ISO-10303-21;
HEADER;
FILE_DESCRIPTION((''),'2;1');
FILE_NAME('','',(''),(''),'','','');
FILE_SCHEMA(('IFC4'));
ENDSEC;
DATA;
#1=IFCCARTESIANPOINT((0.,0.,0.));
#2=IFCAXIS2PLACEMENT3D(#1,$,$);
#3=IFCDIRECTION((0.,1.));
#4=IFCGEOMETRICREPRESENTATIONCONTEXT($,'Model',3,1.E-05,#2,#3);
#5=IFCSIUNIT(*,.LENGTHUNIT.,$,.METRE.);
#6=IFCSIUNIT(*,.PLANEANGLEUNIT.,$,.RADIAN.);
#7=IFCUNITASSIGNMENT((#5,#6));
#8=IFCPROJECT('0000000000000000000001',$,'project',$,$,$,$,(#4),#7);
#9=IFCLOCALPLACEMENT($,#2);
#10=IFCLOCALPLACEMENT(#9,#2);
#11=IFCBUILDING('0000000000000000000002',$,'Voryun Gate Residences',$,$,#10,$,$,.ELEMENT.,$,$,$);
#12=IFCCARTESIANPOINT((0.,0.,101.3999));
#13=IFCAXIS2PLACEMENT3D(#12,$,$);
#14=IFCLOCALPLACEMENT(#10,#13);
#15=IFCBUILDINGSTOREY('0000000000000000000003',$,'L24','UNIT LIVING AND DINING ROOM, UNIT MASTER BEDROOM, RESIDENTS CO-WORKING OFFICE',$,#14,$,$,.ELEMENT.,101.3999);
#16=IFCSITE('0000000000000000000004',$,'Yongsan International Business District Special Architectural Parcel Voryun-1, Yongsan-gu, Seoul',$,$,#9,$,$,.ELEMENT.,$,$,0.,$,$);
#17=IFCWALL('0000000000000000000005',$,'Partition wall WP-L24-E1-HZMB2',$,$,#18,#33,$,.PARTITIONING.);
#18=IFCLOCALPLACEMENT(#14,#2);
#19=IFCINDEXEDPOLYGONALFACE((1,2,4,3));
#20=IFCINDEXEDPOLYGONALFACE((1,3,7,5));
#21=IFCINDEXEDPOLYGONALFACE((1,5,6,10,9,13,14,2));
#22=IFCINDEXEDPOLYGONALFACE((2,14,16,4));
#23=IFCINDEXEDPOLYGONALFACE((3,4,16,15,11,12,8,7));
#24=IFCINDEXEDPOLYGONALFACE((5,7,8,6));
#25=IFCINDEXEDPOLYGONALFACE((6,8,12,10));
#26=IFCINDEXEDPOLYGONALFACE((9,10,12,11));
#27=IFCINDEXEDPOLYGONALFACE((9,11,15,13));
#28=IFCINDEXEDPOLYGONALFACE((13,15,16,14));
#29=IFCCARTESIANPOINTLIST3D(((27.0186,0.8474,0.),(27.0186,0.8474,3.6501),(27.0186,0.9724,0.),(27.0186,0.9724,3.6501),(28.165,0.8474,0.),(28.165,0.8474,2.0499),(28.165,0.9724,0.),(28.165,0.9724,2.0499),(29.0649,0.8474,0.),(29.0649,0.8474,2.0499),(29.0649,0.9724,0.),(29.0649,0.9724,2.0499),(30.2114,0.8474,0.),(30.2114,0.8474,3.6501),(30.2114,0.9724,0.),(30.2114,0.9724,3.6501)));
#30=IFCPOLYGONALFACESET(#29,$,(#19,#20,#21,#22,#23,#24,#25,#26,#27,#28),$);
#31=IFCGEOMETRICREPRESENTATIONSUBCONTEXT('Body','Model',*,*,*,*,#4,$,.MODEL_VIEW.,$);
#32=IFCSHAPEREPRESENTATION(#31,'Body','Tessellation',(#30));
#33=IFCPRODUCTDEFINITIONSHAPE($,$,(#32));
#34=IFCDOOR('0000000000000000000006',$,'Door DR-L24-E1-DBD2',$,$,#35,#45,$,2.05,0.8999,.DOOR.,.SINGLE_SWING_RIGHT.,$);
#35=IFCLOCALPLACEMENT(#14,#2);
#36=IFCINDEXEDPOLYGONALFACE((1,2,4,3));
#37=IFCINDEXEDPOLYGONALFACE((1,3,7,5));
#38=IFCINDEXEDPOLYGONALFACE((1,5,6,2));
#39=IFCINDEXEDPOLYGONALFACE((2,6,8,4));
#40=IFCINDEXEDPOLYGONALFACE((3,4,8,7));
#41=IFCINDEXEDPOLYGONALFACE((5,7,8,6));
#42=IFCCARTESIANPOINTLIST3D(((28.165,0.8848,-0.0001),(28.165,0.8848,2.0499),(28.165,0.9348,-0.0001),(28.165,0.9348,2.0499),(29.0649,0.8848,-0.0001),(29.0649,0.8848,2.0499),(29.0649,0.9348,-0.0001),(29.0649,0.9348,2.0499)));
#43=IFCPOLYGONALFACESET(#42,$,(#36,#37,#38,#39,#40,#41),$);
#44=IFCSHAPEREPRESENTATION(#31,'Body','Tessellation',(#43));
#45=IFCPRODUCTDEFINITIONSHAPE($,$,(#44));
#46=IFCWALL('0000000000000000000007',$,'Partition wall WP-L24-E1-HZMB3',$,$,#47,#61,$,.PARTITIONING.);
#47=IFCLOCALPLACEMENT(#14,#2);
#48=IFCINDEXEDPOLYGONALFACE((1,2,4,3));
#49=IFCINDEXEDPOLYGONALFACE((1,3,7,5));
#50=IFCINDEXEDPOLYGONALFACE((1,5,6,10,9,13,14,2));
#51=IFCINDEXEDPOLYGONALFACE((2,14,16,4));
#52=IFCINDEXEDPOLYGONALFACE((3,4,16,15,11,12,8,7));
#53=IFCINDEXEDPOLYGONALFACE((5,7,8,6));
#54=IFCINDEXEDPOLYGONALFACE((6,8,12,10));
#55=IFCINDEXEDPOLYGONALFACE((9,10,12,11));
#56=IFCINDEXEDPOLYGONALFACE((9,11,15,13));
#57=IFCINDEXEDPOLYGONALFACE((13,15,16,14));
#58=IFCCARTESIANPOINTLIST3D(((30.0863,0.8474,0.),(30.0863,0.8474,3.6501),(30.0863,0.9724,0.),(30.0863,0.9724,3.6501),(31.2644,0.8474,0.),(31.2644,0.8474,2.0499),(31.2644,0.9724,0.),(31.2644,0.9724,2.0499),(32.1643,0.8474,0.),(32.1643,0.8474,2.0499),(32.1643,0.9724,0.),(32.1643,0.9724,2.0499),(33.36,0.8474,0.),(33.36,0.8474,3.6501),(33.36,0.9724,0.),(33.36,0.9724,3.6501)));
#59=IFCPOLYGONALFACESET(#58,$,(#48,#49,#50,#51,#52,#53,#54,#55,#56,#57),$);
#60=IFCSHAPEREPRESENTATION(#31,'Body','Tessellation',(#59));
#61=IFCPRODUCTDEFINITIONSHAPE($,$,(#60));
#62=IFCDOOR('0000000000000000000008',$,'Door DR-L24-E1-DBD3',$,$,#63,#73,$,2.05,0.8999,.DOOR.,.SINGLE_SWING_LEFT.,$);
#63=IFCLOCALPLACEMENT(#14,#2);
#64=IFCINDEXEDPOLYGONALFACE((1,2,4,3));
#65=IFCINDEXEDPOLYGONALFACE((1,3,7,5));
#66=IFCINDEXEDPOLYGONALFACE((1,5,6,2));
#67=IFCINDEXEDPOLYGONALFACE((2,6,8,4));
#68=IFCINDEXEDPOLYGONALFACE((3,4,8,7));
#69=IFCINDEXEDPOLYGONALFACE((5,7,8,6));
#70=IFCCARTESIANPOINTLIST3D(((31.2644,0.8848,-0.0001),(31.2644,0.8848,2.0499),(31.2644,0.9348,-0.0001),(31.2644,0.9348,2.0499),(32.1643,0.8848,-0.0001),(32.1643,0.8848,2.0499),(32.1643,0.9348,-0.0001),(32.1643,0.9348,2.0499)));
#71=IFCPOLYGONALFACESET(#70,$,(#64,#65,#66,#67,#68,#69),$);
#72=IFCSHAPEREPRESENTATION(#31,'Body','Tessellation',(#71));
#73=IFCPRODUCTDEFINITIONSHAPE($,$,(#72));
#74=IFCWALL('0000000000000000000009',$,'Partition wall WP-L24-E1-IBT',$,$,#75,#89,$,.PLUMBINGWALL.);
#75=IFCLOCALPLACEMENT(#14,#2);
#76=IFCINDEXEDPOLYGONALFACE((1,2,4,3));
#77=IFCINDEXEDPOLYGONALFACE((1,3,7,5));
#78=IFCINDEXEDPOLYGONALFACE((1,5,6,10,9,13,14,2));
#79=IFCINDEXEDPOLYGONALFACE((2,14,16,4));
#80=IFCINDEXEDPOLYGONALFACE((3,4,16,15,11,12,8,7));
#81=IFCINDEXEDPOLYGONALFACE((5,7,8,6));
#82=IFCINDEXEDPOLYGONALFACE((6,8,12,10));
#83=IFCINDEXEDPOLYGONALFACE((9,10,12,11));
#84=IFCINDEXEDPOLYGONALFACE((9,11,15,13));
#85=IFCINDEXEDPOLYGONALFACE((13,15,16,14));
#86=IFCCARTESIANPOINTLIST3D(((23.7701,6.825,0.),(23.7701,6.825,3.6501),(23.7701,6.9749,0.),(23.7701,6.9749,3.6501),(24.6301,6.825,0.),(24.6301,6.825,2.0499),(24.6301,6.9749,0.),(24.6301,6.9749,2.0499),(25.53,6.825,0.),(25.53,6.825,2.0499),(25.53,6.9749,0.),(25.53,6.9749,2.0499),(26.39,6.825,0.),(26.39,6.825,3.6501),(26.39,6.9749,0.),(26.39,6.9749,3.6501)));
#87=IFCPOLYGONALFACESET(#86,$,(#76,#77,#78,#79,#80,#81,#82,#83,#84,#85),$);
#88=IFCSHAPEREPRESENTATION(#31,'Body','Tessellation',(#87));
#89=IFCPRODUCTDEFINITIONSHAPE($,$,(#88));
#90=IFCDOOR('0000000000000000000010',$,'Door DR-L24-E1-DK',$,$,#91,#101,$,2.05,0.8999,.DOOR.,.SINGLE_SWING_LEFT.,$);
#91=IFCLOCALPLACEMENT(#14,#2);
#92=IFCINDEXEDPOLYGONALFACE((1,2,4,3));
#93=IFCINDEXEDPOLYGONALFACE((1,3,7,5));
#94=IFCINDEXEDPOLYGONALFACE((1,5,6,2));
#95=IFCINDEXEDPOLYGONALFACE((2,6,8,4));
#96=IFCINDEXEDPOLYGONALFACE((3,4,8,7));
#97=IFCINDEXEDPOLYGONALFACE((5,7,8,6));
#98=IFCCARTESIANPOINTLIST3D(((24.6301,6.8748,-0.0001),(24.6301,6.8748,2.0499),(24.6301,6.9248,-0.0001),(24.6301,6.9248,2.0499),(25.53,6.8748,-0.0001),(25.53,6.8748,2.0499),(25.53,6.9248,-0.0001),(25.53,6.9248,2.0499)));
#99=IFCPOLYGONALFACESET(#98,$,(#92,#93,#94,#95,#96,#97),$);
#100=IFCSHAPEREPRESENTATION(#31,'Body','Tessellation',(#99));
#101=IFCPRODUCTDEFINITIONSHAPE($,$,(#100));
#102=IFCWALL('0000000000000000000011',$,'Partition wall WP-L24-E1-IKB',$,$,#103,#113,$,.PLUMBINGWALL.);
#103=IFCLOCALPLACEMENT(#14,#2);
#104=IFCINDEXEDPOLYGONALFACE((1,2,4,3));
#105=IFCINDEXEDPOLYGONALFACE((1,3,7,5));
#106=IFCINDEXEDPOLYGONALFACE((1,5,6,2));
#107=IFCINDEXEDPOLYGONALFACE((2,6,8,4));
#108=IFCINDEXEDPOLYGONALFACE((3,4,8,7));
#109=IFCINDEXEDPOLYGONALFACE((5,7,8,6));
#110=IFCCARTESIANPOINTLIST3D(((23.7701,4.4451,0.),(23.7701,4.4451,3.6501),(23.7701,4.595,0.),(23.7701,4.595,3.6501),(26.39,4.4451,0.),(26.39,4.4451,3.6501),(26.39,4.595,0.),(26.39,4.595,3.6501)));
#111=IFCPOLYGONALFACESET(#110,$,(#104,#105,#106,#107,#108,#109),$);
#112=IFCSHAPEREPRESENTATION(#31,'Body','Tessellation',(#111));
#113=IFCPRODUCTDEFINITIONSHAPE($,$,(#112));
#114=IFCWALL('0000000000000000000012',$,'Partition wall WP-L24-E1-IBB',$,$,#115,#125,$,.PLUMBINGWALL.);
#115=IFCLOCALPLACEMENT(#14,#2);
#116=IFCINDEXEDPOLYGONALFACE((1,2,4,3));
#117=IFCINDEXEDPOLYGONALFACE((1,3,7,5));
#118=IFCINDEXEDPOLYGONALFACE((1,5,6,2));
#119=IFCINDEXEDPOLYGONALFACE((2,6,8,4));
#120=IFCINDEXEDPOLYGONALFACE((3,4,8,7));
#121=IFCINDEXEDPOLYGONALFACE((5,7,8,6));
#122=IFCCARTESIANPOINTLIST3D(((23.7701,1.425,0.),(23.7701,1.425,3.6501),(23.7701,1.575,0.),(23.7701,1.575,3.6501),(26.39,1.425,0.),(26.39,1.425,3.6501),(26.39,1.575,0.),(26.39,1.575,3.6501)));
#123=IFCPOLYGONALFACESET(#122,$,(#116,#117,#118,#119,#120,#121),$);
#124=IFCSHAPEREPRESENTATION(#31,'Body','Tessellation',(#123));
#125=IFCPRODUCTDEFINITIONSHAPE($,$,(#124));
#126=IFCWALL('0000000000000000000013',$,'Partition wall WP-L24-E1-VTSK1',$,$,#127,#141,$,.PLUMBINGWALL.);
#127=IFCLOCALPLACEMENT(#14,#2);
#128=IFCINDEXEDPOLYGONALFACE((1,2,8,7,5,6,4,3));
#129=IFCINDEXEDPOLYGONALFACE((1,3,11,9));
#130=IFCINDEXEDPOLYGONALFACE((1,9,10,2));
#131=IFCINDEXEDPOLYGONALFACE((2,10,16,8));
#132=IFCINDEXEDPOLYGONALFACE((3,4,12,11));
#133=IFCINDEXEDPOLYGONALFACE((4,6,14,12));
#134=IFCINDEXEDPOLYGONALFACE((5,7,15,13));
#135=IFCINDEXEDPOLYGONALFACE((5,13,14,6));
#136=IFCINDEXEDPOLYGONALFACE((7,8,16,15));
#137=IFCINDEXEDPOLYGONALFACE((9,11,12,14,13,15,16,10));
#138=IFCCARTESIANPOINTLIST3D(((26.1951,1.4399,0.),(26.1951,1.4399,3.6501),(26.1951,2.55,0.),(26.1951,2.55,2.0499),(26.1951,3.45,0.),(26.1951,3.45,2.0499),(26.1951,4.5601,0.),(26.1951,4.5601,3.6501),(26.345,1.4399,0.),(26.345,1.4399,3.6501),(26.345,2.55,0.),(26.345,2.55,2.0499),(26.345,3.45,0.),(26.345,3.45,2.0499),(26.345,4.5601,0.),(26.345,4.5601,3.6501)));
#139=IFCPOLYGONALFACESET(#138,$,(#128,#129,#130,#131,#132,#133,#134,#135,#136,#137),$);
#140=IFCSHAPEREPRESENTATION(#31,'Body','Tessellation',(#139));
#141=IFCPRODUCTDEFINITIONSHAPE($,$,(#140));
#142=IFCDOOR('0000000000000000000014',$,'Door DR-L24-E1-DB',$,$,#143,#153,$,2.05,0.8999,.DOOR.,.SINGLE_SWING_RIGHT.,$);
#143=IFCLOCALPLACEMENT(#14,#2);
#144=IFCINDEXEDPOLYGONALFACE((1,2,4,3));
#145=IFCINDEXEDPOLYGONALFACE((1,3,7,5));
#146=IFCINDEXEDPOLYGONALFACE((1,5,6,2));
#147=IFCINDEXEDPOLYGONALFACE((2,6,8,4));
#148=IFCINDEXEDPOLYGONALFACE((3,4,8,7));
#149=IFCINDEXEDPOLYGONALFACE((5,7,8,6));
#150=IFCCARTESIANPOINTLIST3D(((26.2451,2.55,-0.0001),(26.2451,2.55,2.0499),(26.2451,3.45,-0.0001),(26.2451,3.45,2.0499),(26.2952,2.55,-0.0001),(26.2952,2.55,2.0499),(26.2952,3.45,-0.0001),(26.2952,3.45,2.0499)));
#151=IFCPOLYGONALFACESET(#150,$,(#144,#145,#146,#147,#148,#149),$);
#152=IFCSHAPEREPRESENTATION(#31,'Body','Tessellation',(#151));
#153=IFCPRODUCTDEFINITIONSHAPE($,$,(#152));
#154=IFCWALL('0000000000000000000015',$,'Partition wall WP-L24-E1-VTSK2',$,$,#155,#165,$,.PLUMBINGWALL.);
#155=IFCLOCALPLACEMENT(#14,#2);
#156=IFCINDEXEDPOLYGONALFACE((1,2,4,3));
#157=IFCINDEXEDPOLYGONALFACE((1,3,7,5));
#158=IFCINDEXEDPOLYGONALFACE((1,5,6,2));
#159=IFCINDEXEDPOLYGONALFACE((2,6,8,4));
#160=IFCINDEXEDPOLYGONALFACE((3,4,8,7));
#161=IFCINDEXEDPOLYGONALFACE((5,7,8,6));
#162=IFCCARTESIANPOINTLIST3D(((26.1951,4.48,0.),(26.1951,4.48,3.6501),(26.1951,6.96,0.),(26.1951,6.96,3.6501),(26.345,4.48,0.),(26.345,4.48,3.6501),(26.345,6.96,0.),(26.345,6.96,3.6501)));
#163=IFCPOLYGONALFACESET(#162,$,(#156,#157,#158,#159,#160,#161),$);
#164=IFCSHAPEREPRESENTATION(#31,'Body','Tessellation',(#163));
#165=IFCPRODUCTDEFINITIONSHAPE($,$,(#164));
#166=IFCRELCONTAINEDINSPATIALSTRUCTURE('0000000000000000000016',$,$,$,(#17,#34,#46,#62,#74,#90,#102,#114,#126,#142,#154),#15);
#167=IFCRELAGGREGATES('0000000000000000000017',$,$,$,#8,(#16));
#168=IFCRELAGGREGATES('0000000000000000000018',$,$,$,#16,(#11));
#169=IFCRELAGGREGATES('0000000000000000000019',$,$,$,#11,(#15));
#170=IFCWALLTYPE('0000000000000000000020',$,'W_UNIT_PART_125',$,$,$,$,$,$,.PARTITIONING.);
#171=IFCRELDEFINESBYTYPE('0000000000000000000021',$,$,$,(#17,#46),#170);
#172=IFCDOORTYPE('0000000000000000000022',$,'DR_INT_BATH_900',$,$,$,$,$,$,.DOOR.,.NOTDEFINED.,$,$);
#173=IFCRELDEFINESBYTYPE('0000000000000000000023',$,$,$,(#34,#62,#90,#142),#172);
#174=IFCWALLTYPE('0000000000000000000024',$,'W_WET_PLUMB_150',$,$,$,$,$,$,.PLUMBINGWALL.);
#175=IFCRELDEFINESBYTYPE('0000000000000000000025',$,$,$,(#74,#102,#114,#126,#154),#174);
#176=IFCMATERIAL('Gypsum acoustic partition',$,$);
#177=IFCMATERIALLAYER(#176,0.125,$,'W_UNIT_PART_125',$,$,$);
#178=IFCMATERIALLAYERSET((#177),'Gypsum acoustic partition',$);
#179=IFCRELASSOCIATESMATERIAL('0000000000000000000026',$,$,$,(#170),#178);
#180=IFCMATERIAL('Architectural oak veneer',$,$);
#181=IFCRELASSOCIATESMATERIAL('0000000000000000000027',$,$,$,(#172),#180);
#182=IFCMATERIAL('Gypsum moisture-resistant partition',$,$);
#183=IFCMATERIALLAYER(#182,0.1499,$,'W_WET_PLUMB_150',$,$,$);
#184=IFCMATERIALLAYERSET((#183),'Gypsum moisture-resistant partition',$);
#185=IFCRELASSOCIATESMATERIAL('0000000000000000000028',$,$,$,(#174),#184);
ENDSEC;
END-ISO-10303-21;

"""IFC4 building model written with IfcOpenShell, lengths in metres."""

from ifc_helpers import new_model, si_unit, direction, frame, frame_2d, origin, place, context, subcontext, project, spatial, rectangle, extrude, material, layer, layer_set, type_object, element, fill, save


model = new_model("IFC4")

# Units and contexts
model_context = context("Model", 3, precision=1e-05, world=origin(), true_north=direction((0.0, 1.0)))
body_context = subcontext(model_context, "Body", "Model", "MODEL_VIEW")
ifc_project = project(units=[si_unit("LENGTHUNIT", "METRE"), si_unit("PLANEANGLEUNIT", "RADIAN")], contexts=[model_context])

# Site, building, storey
site_placement = place(None, origin())
site = spatial("IfcSite", under=ifc_project, at=site_placement, Name="Yongsan International Business District Special Architectural Parcel Voryun-1, Yongsan-gu, Seoul", CompositionType="ELEMENT", RefElevation=0.0)
building_placement = place(site_placement, origin())
building = spatial("IfcBuilding", under=site, at=building_placement, Name="Voryun Gate Residences", CompositionType="ELEMENT")
storey_placement = place(building_placement, frame((0.0, 0.0, 101.3999)))
storey = spatial("IfcBuildingStorey", under=building, at=storey_placement, Name="L24", Description="UNIT LIVING AND DINING ROOM, UNIT MASTER BEDROOM, RESIDENTS CO-WORKING OFFICE", CompositionType="ELEMENT", Elevation=101.3999)

# Walls, openings, doors
ifc_material_1 = material(Name="Gypsum acoustic partition")
ifc_layer_1 = layer(ifc_material_1, 0.125, Name="W_UNIT_PART_125")
ifc_layer_set_1 = layer_set([ifc_layer_1], Name="Gypsum acoustic partition")
wall_type_1 = type_object("IfcWallType", Name="W_UNIT_PART_125", PredefinedType="PARTITIONING", material=ifc_layer_set_1)
ifc_material_2 = material(Name="Architectural oak veneer")
door_type_1 = type_object("IfcDoorType", Name="DR_INT_BATH_900", OperationType="NOTDEFINED", PredefinedType="DOOR", material=ifc_material_2)
wall_1_placement = place(storey_placement, frame((27.0186, 0.9099, 0.0), z_axis=(0.0, 0.0, 1.0), x_axis=(1.0, 0.0, 0.0)))
wall_1 = element("IfcWall", 1, at=wall_1_placement, inside=storey, type_object=wall_type_1, Name="Partition wall WP-L24-E1-HZMB2", PredefinedType="PARTITIONING", context=body_context, shape_type="SweptSolid", body=[
    extrude(rectangle(XDim=3.1929, YDim=0.125, at=frame_2d((1.5964, 0.0))), origin(), (0.0, 0.0, 1.0), 3.6501),
])
opening_1_placement = place(wall_1_placement, frame((1.1465, 0.0, 0.0)))
opening_1 = element("IfcOpeningElement", 2, at=opening_1_placement, cuts=wall_1, PredefinedType="OPENING", context=body_context, shape_type="SweptSolid", body=[
    extrude(rectangle(XDim=0.8999, YDim=2.05, at=frame_2d((0.45, 1.0249))), frame((0.0, 0.0725, 0.0), z_axis=(0.0, -1.0, 0.0), x_axis=(1.0, 0.0, 0.0)), (0.0, 0.0, 1.0), 0.145),
])
door_1_placement = place(opening_1_placement, origin())
door_1 = element("IfcDoor", 3, at=door_1_placement, inside=storey, type_object=door_type_1, Name="Door DR-L24-E1-DBD2", OperationType="SINGLE_SWING_RIGHT", OverallHeight=2.05, OverallWidth=0.8999, PredefinedType="DOOR", context=body_context, shape_type="SweptSolid", body=[
    extrude(rectangle(XDim=0.8999, YDim=2.05, at=frame_2d((0.45, 1.0249))), frame((0.0, 0.0249, 0.0), z_axis=(0.0, -1.0, 0.0), x_axis=(1.0, 0.0, 0.0)), (0.0, 0.0, 1.0), 0.05),
])
fill(opening_1, door_1)
wall_2_placement = place(storey_placement, frame((30.0864, 0.9099, 0.0), z_axis=(0.0, 0.0, 1.0), x_axis=(1.0, 0.0, 0.0)))
wall_2 = element("IfcWall", 4, at=wall_2_placement, inside=storey, type_object=wall_type_1, Name="Partition wall WP-L24-E1-HZMB3", PredefinedType="PARTITIONING", context=body_context, shape_type="SweptSolid", body=[
    extrude(rectangle(XDim=3.2737, YDim=0.125, at=frame_2d((1.6367, 0.0))), origin(), (0.0, 0.0, 1.0), 3.6501),
])
opening_2_placement = place(wall_2_placement, frame((1.178, 0.0, 0.0)))
opening_2 = element("IfcOpeningElement", 5, at=opening_2_placement, cuts=wall_2, PredefinedType="OPENING", context=body_context, shape_type="SweptSolid", body=[
    extrude(rectangle(XDim=0.8999, YDim=2.05, at=frame_2d((0.45, 1.0249))), frame((0.0, 0.0725, 0.0), z_axis=(0.0, -1.0, 0.0), x_axis=(1.0, 0.0, 0.0)), (0.0, 0.0, 1.0), 0.145),
])
door_2_placement = place(opening_2_placement, origin())
door_2 = element("IfcDoor", 6, at=door_2_placement, inside=storey, type_object=door_type_1, Name="Door DR-L24-E1-DBD3", OperationType="SINGLE_SWING_LEFT", OverallHeight=2.05, OverallWidth=0.8999, PredefinedType="DOOR", context=body_context, shape_type="SweptSolid", body=[
    extrude(rectangle(XDim=0.8999, YDim=2.05, at=frame_2d((0.45, 1.0249))), frame((0.0, 0.0249, 0.0), z_axis=(0.0, -1.0, 0.0), x_axis=(1.0, 0.0, 0.0)), (0.0, 0.0, 1.0), 0.05),
])
fill(opening_2, door_2)
ifc_material_3 = material(Name="Gypsum moisture-resistant partition")
ifc_layer_2 = layer(ifc_material_3, 0.1499, Name="W_WET_PLUMB_150")
ifc_layer_set_2 = layer_set([ifc_layer_2], Name="Gypsum moisture-resistant partition")
wall_type_2 = type_object("IfcWallType", Name="W_WET_PLUMB_150", PredefinedType="PLUMBINGWALL", material=ifc_layer_set_2)
wall_3_placement = place(storey_placement, frame((23.77, 6.8999, 0.0), z_axis=(0.0, 0.0, 1.0), x_axis=(1.0, 0.0, 0.0)))
wall_3 = element("IfcWall", 7, at=wall_3_placement, inside=storey, type_object=wall_type_2, Name="Partition wall WP-L24-E1-IBT", PredefinedType="PLUMBINGWALL", context=body_context, shape_type="SweptSolid", body=[
    extrude(rectangle(XDim=2.6199, YDim=0.1499, at=frame_2d((1.3101, 0.0))), origin(), (0.0, 0.0, 1.0), 3.6501),
])
opening_3_placement = place(wall_3_placement, frame((0.8601, 0.0, 0.0)))
opening_3 = element("IfcOpeningElement", 8, at=opening_3_placement, cuts=wall_3, PredefinedType="OPENING", context=body_context, shape_type="SweptSolid", body=[
    extrude(rectangle(XDim=0.8999, YDim=2.05, at=frame_2d((0.45, 1.0249))), frame((0.0, 0.085, 0.0), z_axis=(0.0, -1.0, 0.0), x_axis=(1.0, 0.0, 0.0)), (0.0, 0.0, 1.0), 0.1699),
])
door_3_placement = place(opening_3_placement, origin())
door_3 = element("IfcDoor", 9, at=door_3_placement, inside=storey, type_object=door_type_1, Name="Door DR-L24-E1-DK", OperationType="SINGLE_SWING_LEFT", OverallHeight=2.05, OverallWidth=0.8999, PredefinedType="DOOR", context=body_context, shape_type="SweptSolid", body=[
    extrude(rectangle(XDim=0.8999, YDim=2.05, at=frame_2d((0.45, 1.0249))), frame((0.0, 0.0249, 0.0), z_axis=(0.0, -1.0, 0.0), x_axis=(1.0, 0.0, 0.0)), (0.0, 0.0, 1.0), 0.05),
])
fill(opening_3, door_3)

# Walls
for number, where, z_axis, x_axis, name in (
    (10, (23.77, 4.52, 0.0), (0.0, 0.0, 1.0), (1.0, 0.0, 0.0), "Partition wall WP-L24-E1-IKB"),
    (11, (23.77, 1.5, 0.0), (0.0, 0.0, 1.0), (1.0, 0.0, 0.0), "Partition wall WP-L24-E1-IBB"),
):
    element("IfcWall", number, at=place(storey_placement, frame(where, z_axis=z_axis, x_axis=x_axis)), inside=storey, type_object=wall_type_2, Name=name, PredefinedType="PLUMBINGWALL", context=body_context, shape_type="SweptSolid", body=[
        extrude(rectangle(XDim=2.6199, YDim=0.1499, at=frame_2d((1.3101, 0.0))), origin(), (0.0, 0.0, 1.0), 3.6501),
    ])

# Wall, opening, door
wall_4_placement = place(storey_placement, frame((26.27, 1.4399, 0.0), z_axis=(0.0, 0.0, 1.0), x_axis=(0.0, 1.0, 0.0)))
wall_4 = element("IfcWall", 12, at=wall_4_placement, inside=storey, type_object=wall_type_2, Name="Partition wall WP-L24-E1-VTSK1", PredefinedType="PLUMBINGWALL", context=body_context, shape_type="SweptSolid", body=[
    extrude(rectangle(XDim=3.1201, YDim=0.1499, at=frame_2d((1.5601, 0.0))), origin(), (0.0, 0.0, 1.0), 3.6501),
])
opening_4_placement = place(wall_4_placement, frame((1.1101, 0.0, 0.0)))
opening_4 = element("IfcOpeningElement", 13, at=opening_4_placement, cuts=wall_4, PredefinedType="OPENING", context=body_context, shape_type="SweptSolid", body=[
    extrude(rectangle(XDim=0.8999, YDim=2.05, at=frame_2d((0.45, 1.0249))), frame((0.0, 0.085, 0.0), z_axis=(0.0, -1.0, 0.0), x_axis=(1.0, 0.0, 0.0)), (0.0, 0.0, 1.0), 0.1699),
])
door_4_placement = place(opening_4_placement, origin())
door_4 = element("IfcDoor", 14, at=door_4_placement, inside=storey, type_object=door_type_1, Name="Door DR-L24-E1-DB", OperationType="SINGLE_SWING_RIGHT", OverallHeight=2.05, OverallWidth=0.8999, PredefinedType="DOOR", context=body_context, shape_type="SweptSolid", body=[
    extrude(rectangle(XDim=0.8999, YDim=2.05, at=frame_2d((0.45, 1.0249))), frame((0.0, 0.0249, 0.0), z_axis=(0.0, -1.0, 0.0), x_axis=(1.0, 0.0, 0.0)), (0.0, 0.0, 1.0), 0.05),
])
fill(opening_4, door_4)

# Wall
wall_5_placement = place(storey_placement, frame((26.27, 4.48, 0.0), z_axis=(0.0, 0.0, 1.0), x_axis=(0.0, 1.0, 0.0)))
element("IfcWall", 15, at=wall_5_placement, inside=storey, type_object=wall_type_2, Name="Partition wall WP-L24-E1-VTSK2", PredefinedType="PLUMBINGWALL", context=body_context, shape_type="SweptSolid", body=[
    extrude(rectangle(XDim=2.48, YDim=0.1499, at=frame_2d((1.24, 0.0))), origin(), (0.0, 0.0, 1.0), 3.6501),
])

save(model, "model.ifc")
